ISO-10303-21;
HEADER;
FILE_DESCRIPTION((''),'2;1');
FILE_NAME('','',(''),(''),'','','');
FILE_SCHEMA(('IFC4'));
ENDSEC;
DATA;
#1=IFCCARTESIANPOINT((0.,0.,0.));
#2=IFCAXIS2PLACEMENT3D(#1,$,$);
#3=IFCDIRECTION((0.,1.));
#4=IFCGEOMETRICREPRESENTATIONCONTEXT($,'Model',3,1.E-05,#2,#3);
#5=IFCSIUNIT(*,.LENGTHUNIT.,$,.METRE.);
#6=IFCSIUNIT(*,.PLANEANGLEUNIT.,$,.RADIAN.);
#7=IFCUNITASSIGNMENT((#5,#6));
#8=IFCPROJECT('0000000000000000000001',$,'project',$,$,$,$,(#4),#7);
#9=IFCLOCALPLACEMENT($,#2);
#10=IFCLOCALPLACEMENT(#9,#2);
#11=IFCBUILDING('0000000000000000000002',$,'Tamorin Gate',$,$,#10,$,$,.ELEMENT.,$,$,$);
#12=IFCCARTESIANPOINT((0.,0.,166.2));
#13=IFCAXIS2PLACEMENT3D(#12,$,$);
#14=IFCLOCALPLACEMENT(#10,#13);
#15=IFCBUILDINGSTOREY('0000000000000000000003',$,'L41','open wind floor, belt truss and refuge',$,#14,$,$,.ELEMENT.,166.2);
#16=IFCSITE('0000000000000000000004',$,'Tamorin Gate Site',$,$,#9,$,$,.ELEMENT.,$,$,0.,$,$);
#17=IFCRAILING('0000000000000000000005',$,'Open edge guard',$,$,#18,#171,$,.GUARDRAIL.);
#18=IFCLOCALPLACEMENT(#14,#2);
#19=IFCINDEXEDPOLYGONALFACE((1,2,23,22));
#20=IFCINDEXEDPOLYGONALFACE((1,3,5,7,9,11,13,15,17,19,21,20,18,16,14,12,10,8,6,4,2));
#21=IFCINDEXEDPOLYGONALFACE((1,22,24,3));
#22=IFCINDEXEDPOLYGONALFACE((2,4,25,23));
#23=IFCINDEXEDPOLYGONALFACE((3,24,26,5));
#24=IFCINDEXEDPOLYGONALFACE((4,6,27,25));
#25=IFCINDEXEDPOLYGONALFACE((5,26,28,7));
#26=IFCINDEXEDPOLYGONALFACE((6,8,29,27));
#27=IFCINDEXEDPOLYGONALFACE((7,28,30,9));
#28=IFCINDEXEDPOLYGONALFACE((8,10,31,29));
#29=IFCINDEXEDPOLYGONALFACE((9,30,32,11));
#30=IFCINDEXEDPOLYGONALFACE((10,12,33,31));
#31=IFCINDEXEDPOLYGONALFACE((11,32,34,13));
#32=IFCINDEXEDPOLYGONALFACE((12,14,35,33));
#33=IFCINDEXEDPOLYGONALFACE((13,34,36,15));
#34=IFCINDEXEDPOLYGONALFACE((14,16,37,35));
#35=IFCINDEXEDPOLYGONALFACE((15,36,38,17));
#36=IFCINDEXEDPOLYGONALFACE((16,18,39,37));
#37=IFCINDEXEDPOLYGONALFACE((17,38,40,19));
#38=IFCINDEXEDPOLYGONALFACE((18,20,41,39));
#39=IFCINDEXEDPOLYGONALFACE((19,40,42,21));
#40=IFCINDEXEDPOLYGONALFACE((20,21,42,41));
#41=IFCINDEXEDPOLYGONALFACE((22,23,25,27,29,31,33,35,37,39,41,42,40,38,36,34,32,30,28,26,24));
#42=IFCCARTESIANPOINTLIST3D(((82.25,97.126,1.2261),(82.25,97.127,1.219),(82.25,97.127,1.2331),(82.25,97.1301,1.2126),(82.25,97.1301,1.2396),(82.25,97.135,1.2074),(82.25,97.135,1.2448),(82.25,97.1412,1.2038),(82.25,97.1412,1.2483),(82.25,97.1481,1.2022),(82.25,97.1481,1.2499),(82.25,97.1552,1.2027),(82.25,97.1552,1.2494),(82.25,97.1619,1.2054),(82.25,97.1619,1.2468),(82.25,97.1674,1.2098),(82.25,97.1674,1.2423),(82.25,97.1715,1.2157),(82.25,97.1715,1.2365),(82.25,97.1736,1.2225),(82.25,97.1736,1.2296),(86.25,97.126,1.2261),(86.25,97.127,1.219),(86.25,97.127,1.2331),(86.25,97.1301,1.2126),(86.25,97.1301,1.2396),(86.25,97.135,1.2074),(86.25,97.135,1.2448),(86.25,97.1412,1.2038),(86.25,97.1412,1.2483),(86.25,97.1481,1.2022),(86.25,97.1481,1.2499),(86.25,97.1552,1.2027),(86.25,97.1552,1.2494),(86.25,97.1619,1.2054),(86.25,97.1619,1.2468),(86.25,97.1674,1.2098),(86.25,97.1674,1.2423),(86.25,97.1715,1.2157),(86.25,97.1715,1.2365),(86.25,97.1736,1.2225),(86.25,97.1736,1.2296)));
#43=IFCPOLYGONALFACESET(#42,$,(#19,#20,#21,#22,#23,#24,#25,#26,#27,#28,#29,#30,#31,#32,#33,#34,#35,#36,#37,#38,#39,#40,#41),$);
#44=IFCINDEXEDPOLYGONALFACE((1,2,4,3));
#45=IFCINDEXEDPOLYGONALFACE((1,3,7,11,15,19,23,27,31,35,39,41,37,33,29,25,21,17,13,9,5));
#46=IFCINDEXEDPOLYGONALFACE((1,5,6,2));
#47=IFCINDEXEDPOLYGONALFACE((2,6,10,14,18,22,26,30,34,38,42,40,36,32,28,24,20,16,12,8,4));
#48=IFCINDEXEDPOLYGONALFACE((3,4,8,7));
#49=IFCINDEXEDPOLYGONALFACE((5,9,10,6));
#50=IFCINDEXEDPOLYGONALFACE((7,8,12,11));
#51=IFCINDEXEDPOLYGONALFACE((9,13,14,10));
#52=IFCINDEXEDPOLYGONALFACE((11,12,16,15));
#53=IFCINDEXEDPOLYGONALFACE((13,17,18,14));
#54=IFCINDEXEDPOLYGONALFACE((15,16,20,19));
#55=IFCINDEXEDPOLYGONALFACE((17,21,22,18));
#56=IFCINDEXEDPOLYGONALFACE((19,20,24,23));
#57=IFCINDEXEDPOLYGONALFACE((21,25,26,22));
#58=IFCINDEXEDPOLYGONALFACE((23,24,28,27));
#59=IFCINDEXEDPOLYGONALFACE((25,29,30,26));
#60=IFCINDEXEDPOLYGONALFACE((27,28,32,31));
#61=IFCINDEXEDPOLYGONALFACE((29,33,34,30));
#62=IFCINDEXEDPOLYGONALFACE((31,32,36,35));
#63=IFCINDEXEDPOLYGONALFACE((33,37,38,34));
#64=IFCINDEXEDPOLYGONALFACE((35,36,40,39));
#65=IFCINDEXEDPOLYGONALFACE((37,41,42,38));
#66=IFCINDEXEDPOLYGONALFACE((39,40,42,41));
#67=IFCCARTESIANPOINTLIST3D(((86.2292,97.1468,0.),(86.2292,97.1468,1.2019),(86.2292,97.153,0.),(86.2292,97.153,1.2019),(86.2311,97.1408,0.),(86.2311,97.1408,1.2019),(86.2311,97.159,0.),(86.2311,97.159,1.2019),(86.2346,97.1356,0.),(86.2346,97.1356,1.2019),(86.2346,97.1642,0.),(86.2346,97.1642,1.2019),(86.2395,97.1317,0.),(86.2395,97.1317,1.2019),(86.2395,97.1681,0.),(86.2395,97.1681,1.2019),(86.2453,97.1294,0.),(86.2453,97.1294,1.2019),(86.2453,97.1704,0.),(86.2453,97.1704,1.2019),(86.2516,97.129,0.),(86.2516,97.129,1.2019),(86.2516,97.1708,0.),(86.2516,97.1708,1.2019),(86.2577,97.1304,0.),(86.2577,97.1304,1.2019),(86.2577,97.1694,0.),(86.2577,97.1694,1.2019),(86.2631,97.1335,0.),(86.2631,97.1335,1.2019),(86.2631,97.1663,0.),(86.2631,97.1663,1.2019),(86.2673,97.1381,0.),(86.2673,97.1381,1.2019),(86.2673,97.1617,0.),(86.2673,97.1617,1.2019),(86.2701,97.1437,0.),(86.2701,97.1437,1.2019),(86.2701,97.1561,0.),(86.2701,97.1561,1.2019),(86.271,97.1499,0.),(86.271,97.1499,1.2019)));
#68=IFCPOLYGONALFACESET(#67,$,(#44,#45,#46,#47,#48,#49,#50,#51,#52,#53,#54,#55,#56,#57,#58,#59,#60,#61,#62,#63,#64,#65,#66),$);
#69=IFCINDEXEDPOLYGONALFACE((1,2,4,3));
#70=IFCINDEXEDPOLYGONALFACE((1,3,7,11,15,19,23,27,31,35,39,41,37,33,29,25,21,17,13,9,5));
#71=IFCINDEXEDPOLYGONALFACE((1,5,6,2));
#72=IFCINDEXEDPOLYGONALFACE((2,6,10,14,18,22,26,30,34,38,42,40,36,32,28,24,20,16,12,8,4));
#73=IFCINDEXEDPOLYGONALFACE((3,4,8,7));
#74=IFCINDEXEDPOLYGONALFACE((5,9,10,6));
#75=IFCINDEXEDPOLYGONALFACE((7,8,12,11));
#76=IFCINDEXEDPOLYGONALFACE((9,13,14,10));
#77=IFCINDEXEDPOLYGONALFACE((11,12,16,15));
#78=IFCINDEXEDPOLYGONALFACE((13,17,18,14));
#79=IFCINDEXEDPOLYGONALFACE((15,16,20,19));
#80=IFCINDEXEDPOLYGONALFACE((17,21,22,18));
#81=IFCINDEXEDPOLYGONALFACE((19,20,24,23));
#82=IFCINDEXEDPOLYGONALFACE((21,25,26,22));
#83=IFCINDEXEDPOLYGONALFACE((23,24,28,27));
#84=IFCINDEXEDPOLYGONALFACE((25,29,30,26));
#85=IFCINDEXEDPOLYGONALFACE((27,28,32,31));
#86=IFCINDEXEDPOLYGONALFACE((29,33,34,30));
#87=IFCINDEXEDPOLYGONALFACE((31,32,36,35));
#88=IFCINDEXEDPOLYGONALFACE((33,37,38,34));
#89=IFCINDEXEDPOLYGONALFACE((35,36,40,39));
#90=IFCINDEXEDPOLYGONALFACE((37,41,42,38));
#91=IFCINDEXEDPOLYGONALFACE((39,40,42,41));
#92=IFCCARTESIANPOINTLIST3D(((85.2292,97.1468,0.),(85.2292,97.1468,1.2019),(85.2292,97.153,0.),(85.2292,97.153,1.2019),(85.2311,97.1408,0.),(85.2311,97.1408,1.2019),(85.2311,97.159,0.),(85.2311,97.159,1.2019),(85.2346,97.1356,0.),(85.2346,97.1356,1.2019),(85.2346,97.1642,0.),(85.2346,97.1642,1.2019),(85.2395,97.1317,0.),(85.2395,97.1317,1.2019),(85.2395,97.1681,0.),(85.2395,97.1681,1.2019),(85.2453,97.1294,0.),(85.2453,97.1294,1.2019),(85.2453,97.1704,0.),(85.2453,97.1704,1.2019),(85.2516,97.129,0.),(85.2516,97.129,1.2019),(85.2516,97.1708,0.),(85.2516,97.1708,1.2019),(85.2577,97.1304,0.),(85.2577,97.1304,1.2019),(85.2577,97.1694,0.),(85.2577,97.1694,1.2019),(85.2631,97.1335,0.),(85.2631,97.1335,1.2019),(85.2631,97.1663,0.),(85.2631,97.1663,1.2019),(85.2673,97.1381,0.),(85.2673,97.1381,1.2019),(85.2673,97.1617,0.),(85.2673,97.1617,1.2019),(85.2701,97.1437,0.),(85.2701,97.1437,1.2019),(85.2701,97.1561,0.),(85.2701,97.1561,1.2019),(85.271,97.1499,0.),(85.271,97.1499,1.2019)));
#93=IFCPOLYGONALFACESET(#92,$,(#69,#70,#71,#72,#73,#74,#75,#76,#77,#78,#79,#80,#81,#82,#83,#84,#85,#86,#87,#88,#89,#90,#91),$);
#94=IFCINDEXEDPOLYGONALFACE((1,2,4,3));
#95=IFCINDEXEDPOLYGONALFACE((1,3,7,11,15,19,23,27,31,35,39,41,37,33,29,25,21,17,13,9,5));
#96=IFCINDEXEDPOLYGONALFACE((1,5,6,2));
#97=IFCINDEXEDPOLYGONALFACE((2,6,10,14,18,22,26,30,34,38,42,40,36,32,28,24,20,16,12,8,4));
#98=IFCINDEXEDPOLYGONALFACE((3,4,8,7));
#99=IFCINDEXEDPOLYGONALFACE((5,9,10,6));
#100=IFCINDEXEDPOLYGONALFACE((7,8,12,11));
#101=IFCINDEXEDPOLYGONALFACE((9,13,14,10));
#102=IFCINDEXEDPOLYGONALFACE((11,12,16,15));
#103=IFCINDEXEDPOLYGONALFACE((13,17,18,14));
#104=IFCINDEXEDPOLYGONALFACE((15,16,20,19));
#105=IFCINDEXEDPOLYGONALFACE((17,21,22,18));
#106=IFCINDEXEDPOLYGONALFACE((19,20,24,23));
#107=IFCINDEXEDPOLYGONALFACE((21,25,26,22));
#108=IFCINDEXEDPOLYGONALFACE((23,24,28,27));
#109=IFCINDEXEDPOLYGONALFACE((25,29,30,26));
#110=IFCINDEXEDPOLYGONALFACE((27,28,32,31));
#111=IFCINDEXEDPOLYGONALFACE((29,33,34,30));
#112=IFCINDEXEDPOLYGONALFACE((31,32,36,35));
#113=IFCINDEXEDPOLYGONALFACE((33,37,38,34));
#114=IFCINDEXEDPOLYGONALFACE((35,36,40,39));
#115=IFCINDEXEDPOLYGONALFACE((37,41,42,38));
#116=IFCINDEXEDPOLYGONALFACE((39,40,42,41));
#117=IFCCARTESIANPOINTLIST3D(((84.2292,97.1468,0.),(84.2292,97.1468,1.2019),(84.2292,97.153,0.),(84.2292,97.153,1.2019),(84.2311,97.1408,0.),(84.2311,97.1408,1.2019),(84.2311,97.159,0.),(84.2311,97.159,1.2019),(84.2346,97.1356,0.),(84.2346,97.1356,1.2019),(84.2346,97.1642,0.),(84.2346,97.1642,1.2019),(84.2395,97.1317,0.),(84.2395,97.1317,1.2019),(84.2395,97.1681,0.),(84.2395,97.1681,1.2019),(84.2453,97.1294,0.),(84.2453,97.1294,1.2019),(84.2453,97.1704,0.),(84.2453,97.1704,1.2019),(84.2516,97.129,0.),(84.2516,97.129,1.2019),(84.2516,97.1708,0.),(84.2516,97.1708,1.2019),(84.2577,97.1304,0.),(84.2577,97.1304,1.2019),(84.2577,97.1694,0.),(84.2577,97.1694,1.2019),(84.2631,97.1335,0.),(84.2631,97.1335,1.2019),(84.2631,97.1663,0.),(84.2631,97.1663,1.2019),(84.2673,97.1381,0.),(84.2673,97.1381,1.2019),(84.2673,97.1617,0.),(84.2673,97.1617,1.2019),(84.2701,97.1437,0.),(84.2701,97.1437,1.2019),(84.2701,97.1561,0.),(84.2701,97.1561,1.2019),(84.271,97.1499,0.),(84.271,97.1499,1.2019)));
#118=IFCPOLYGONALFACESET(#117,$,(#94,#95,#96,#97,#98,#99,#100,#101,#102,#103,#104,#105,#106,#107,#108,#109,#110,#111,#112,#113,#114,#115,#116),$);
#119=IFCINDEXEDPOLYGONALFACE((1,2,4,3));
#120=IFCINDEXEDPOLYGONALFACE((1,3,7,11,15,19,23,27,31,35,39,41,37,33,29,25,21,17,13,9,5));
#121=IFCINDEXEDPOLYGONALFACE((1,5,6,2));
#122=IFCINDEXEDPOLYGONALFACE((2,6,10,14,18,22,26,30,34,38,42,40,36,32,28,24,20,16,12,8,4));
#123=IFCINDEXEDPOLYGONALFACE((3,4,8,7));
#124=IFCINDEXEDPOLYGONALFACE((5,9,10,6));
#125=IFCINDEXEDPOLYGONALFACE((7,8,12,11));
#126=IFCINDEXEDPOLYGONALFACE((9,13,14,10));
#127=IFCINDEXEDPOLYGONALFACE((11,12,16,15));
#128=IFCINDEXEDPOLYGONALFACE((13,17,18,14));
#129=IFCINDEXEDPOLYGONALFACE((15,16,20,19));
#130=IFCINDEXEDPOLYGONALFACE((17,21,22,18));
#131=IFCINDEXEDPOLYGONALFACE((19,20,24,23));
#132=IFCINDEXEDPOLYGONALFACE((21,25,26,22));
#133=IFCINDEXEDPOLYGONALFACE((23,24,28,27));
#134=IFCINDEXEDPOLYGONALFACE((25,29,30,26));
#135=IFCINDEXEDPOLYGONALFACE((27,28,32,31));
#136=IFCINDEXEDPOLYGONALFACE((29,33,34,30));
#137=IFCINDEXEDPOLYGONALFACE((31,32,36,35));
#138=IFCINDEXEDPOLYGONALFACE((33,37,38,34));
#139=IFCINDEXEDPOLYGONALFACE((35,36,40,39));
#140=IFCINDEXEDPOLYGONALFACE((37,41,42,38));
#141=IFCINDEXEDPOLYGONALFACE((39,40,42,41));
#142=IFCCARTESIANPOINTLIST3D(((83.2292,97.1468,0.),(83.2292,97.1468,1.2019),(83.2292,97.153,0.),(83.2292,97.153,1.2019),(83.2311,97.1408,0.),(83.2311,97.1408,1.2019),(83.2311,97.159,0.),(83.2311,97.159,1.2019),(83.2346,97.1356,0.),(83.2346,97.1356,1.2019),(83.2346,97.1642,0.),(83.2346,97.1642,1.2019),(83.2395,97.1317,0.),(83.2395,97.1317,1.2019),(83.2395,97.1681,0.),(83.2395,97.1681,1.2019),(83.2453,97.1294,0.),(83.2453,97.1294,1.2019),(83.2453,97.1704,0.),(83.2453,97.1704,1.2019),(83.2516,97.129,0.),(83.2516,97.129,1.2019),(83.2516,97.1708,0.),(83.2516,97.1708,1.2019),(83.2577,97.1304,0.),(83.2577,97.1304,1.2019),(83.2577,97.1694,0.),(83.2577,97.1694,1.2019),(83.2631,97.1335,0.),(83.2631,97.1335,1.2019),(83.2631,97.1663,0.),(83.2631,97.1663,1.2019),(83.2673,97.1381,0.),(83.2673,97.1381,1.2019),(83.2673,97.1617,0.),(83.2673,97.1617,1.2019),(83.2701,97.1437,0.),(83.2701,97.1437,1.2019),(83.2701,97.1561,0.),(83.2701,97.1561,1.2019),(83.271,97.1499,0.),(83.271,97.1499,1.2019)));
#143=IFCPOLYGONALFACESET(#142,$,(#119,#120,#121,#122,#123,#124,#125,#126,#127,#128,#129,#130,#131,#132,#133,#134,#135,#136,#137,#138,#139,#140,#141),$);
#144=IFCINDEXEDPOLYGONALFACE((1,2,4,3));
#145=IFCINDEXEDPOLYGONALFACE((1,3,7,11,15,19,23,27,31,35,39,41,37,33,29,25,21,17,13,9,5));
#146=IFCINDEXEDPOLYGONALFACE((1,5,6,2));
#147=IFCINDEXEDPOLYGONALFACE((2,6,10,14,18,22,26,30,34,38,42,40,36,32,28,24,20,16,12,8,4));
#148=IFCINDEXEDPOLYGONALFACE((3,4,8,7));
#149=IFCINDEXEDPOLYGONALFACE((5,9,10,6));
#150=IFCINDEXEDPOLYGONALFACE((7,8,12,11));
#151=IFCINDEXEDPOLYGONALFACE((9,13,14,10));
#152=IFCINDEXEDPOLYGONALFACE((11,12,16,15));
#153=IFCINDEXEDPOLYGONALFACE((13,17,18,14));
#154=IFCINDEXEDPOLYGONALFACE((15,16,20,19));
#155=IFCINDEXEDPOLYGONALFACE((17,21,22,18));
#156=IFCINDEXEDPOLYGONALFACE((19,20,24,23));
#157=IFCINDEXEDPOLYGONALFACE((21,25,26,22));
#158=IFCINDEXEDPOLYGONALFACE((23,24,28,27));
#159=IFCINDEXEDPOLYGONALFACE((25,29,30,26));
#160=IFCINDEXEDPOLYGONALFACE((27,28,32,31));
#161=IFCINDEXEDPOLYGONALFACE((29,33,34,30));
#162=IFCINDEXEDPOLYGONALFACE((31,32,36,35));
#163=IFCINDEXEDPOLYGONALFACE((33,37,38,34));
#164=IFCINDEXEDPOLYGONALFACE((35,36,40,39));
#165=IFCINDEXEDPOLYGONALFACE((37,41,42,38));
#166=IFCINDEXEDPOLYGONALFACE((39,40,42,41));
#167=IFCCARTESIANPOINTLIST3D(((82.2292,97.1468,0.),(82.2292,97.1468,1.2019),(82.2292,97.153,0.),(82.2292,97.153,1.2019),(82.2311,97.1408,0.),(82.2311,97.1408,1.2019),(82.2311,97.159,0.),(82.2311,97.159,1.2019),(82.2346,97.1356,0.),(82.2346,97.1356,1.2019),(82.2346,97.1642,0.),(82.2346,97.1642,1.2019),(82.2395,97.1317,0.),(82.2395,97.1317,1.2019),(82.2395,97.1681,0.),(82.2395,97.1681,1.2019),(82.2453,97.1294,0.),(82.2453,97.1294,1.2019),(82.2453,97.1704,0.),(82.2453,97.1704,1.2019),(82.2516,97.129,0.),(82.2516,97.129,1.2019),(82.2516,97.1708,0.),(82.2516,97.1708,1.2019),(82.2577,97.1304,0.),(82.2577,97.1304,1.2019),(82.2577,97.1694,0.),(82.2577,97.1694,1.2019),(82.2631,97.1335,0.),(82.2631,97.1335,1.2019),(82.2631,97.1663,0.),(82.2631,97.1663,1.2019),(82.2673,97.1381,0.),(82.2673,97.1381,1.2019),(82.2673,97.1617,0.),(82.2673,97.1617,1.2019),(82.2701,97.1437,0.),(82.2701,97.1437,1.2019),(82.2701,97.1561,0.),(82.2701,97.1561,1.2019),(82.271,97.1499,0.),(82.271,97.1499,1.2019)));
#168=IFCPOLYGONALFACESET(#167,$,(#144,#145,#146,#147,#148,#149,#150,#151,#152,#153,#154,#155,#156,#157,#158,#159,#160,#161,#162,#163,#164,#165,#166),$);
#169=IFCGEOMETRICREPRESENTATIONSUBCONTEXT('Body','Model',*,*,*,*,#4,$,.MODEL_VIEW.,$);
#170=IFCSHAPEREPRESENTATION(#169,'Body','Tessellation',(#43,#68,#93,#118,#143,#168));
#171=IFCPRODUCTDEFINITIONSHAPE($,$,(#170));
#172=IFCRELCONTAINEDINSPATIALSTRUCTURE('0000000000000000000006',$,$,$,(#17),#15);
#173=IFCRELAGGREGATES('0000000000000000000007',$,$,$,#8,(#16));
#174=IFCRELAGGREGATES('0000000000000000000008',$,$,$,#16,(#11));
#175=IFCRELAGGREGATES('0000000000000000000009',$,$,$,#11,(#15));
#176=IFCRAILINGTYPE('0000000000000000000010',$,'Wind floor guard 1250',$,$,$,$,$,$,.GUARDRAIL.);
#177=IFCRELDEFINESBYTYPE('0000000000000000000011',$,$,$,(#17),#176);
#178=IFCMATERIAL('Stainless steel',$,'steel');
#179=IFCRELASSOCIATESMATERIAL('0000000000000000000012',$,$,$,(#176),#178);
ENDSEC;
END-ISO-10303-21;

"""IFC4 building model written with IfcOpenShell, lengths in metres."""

from ifc_helpers import new_model, si_unit, direction, frame, origin, origin_2d, place, context, subcontext, project, spatial, circle, extrude, material, type_object, element, save


model = new_model("IFC4")

# Units and contexts
model_context = context("Model", 3, precision=1e-05, world=origin(), true_north=direction((0.0, 1.0)))
body_context = subcontext(model_context, "Body", "Model", "MODEL_VIEW")
ifc_project = project(units=[si_unit("LENGTHUNIT", "METRE"), si_unit("PLANEANGLEUNIT", "RADIAN")], contexts=[model_context])

# Site, building, storey
site_placement = place(None, origin())
site = spatial("IfcSite", under=ifc_project, at=site_placement, Name="Tamorin Gate Site", CompositionType="ELEMENT", RefElevation=0.0)
building_placement = place(site_placement, origin())
building = spatial("IfcBuilding", under=site, at=building_placement, Name="Tamorin Gate", CompositionType="ELEMENT")
storey_placement = place(building_placement, frame((0.0, 0.0, 166.2)))
storey = spatial("IfcBuildingStorey", under=building, at=storey_placement, Name="L41", Description="open wind floor, belt truss and refuge", CompositionType="ELEMENT", Elevation=166.2)

# Railing
ifc_material_1 = material(Name="Stainless steel", Category="steel")
railing_type = type_object("IfcRailingType", Name="Wind floor guard 1250", PredefinedType="GUARDRAIL", material=ifc_material_1)
railing_1_placement = place(storey_placement, frame((86.25, 97.1499, 0.0)))
element("IfcRailing", 1, at=railing_1_placement, inside=storey, type_object=railing_type, Name="Open edge guard", PredefinedType="GUARDRAIL", context=body_context, shape_type="SweptSolid", body=[
    extrude(circle(Radius=0.0239, at=origin_2d()), frame((0.0, 0.0, 1.2261), z_axis=(-1.0, 0.0, 0.0), x_axis=(0.0, -1.0, 0.0)), (0.0, 0.0, 1.0), 4.0),
    extrude(circle(Radius=0.021, at=origin_2d()), origin(), (0.0, 0.0, 1.0), 1.2019),
    extrude(circle(Radius=0.021, at=origin_2d()), frame((-1.0, 0.0, 0.0)), (0.0, 0.0, 1.0), 1.2019),
    extrude(circle(Radius=0.021, at=origin_2d()), frame((-2.0, 0.0, 0.0)), (0.0, 0.0, 1.0), 1.2019),
    extrude(circle(Radius=0.021, at=origin_2d()), frame((-3.0, 0.0, 0.0)), (0.0, 0.0, 1.0), 1.2019),
    extrude(circle(Radius=0.021, at=origin_2d()), frame((-4.0, 0.0, 0.0)), (0.0, 0.0, 1.0), 1.2019),
])

save(model, "model.ifc")
